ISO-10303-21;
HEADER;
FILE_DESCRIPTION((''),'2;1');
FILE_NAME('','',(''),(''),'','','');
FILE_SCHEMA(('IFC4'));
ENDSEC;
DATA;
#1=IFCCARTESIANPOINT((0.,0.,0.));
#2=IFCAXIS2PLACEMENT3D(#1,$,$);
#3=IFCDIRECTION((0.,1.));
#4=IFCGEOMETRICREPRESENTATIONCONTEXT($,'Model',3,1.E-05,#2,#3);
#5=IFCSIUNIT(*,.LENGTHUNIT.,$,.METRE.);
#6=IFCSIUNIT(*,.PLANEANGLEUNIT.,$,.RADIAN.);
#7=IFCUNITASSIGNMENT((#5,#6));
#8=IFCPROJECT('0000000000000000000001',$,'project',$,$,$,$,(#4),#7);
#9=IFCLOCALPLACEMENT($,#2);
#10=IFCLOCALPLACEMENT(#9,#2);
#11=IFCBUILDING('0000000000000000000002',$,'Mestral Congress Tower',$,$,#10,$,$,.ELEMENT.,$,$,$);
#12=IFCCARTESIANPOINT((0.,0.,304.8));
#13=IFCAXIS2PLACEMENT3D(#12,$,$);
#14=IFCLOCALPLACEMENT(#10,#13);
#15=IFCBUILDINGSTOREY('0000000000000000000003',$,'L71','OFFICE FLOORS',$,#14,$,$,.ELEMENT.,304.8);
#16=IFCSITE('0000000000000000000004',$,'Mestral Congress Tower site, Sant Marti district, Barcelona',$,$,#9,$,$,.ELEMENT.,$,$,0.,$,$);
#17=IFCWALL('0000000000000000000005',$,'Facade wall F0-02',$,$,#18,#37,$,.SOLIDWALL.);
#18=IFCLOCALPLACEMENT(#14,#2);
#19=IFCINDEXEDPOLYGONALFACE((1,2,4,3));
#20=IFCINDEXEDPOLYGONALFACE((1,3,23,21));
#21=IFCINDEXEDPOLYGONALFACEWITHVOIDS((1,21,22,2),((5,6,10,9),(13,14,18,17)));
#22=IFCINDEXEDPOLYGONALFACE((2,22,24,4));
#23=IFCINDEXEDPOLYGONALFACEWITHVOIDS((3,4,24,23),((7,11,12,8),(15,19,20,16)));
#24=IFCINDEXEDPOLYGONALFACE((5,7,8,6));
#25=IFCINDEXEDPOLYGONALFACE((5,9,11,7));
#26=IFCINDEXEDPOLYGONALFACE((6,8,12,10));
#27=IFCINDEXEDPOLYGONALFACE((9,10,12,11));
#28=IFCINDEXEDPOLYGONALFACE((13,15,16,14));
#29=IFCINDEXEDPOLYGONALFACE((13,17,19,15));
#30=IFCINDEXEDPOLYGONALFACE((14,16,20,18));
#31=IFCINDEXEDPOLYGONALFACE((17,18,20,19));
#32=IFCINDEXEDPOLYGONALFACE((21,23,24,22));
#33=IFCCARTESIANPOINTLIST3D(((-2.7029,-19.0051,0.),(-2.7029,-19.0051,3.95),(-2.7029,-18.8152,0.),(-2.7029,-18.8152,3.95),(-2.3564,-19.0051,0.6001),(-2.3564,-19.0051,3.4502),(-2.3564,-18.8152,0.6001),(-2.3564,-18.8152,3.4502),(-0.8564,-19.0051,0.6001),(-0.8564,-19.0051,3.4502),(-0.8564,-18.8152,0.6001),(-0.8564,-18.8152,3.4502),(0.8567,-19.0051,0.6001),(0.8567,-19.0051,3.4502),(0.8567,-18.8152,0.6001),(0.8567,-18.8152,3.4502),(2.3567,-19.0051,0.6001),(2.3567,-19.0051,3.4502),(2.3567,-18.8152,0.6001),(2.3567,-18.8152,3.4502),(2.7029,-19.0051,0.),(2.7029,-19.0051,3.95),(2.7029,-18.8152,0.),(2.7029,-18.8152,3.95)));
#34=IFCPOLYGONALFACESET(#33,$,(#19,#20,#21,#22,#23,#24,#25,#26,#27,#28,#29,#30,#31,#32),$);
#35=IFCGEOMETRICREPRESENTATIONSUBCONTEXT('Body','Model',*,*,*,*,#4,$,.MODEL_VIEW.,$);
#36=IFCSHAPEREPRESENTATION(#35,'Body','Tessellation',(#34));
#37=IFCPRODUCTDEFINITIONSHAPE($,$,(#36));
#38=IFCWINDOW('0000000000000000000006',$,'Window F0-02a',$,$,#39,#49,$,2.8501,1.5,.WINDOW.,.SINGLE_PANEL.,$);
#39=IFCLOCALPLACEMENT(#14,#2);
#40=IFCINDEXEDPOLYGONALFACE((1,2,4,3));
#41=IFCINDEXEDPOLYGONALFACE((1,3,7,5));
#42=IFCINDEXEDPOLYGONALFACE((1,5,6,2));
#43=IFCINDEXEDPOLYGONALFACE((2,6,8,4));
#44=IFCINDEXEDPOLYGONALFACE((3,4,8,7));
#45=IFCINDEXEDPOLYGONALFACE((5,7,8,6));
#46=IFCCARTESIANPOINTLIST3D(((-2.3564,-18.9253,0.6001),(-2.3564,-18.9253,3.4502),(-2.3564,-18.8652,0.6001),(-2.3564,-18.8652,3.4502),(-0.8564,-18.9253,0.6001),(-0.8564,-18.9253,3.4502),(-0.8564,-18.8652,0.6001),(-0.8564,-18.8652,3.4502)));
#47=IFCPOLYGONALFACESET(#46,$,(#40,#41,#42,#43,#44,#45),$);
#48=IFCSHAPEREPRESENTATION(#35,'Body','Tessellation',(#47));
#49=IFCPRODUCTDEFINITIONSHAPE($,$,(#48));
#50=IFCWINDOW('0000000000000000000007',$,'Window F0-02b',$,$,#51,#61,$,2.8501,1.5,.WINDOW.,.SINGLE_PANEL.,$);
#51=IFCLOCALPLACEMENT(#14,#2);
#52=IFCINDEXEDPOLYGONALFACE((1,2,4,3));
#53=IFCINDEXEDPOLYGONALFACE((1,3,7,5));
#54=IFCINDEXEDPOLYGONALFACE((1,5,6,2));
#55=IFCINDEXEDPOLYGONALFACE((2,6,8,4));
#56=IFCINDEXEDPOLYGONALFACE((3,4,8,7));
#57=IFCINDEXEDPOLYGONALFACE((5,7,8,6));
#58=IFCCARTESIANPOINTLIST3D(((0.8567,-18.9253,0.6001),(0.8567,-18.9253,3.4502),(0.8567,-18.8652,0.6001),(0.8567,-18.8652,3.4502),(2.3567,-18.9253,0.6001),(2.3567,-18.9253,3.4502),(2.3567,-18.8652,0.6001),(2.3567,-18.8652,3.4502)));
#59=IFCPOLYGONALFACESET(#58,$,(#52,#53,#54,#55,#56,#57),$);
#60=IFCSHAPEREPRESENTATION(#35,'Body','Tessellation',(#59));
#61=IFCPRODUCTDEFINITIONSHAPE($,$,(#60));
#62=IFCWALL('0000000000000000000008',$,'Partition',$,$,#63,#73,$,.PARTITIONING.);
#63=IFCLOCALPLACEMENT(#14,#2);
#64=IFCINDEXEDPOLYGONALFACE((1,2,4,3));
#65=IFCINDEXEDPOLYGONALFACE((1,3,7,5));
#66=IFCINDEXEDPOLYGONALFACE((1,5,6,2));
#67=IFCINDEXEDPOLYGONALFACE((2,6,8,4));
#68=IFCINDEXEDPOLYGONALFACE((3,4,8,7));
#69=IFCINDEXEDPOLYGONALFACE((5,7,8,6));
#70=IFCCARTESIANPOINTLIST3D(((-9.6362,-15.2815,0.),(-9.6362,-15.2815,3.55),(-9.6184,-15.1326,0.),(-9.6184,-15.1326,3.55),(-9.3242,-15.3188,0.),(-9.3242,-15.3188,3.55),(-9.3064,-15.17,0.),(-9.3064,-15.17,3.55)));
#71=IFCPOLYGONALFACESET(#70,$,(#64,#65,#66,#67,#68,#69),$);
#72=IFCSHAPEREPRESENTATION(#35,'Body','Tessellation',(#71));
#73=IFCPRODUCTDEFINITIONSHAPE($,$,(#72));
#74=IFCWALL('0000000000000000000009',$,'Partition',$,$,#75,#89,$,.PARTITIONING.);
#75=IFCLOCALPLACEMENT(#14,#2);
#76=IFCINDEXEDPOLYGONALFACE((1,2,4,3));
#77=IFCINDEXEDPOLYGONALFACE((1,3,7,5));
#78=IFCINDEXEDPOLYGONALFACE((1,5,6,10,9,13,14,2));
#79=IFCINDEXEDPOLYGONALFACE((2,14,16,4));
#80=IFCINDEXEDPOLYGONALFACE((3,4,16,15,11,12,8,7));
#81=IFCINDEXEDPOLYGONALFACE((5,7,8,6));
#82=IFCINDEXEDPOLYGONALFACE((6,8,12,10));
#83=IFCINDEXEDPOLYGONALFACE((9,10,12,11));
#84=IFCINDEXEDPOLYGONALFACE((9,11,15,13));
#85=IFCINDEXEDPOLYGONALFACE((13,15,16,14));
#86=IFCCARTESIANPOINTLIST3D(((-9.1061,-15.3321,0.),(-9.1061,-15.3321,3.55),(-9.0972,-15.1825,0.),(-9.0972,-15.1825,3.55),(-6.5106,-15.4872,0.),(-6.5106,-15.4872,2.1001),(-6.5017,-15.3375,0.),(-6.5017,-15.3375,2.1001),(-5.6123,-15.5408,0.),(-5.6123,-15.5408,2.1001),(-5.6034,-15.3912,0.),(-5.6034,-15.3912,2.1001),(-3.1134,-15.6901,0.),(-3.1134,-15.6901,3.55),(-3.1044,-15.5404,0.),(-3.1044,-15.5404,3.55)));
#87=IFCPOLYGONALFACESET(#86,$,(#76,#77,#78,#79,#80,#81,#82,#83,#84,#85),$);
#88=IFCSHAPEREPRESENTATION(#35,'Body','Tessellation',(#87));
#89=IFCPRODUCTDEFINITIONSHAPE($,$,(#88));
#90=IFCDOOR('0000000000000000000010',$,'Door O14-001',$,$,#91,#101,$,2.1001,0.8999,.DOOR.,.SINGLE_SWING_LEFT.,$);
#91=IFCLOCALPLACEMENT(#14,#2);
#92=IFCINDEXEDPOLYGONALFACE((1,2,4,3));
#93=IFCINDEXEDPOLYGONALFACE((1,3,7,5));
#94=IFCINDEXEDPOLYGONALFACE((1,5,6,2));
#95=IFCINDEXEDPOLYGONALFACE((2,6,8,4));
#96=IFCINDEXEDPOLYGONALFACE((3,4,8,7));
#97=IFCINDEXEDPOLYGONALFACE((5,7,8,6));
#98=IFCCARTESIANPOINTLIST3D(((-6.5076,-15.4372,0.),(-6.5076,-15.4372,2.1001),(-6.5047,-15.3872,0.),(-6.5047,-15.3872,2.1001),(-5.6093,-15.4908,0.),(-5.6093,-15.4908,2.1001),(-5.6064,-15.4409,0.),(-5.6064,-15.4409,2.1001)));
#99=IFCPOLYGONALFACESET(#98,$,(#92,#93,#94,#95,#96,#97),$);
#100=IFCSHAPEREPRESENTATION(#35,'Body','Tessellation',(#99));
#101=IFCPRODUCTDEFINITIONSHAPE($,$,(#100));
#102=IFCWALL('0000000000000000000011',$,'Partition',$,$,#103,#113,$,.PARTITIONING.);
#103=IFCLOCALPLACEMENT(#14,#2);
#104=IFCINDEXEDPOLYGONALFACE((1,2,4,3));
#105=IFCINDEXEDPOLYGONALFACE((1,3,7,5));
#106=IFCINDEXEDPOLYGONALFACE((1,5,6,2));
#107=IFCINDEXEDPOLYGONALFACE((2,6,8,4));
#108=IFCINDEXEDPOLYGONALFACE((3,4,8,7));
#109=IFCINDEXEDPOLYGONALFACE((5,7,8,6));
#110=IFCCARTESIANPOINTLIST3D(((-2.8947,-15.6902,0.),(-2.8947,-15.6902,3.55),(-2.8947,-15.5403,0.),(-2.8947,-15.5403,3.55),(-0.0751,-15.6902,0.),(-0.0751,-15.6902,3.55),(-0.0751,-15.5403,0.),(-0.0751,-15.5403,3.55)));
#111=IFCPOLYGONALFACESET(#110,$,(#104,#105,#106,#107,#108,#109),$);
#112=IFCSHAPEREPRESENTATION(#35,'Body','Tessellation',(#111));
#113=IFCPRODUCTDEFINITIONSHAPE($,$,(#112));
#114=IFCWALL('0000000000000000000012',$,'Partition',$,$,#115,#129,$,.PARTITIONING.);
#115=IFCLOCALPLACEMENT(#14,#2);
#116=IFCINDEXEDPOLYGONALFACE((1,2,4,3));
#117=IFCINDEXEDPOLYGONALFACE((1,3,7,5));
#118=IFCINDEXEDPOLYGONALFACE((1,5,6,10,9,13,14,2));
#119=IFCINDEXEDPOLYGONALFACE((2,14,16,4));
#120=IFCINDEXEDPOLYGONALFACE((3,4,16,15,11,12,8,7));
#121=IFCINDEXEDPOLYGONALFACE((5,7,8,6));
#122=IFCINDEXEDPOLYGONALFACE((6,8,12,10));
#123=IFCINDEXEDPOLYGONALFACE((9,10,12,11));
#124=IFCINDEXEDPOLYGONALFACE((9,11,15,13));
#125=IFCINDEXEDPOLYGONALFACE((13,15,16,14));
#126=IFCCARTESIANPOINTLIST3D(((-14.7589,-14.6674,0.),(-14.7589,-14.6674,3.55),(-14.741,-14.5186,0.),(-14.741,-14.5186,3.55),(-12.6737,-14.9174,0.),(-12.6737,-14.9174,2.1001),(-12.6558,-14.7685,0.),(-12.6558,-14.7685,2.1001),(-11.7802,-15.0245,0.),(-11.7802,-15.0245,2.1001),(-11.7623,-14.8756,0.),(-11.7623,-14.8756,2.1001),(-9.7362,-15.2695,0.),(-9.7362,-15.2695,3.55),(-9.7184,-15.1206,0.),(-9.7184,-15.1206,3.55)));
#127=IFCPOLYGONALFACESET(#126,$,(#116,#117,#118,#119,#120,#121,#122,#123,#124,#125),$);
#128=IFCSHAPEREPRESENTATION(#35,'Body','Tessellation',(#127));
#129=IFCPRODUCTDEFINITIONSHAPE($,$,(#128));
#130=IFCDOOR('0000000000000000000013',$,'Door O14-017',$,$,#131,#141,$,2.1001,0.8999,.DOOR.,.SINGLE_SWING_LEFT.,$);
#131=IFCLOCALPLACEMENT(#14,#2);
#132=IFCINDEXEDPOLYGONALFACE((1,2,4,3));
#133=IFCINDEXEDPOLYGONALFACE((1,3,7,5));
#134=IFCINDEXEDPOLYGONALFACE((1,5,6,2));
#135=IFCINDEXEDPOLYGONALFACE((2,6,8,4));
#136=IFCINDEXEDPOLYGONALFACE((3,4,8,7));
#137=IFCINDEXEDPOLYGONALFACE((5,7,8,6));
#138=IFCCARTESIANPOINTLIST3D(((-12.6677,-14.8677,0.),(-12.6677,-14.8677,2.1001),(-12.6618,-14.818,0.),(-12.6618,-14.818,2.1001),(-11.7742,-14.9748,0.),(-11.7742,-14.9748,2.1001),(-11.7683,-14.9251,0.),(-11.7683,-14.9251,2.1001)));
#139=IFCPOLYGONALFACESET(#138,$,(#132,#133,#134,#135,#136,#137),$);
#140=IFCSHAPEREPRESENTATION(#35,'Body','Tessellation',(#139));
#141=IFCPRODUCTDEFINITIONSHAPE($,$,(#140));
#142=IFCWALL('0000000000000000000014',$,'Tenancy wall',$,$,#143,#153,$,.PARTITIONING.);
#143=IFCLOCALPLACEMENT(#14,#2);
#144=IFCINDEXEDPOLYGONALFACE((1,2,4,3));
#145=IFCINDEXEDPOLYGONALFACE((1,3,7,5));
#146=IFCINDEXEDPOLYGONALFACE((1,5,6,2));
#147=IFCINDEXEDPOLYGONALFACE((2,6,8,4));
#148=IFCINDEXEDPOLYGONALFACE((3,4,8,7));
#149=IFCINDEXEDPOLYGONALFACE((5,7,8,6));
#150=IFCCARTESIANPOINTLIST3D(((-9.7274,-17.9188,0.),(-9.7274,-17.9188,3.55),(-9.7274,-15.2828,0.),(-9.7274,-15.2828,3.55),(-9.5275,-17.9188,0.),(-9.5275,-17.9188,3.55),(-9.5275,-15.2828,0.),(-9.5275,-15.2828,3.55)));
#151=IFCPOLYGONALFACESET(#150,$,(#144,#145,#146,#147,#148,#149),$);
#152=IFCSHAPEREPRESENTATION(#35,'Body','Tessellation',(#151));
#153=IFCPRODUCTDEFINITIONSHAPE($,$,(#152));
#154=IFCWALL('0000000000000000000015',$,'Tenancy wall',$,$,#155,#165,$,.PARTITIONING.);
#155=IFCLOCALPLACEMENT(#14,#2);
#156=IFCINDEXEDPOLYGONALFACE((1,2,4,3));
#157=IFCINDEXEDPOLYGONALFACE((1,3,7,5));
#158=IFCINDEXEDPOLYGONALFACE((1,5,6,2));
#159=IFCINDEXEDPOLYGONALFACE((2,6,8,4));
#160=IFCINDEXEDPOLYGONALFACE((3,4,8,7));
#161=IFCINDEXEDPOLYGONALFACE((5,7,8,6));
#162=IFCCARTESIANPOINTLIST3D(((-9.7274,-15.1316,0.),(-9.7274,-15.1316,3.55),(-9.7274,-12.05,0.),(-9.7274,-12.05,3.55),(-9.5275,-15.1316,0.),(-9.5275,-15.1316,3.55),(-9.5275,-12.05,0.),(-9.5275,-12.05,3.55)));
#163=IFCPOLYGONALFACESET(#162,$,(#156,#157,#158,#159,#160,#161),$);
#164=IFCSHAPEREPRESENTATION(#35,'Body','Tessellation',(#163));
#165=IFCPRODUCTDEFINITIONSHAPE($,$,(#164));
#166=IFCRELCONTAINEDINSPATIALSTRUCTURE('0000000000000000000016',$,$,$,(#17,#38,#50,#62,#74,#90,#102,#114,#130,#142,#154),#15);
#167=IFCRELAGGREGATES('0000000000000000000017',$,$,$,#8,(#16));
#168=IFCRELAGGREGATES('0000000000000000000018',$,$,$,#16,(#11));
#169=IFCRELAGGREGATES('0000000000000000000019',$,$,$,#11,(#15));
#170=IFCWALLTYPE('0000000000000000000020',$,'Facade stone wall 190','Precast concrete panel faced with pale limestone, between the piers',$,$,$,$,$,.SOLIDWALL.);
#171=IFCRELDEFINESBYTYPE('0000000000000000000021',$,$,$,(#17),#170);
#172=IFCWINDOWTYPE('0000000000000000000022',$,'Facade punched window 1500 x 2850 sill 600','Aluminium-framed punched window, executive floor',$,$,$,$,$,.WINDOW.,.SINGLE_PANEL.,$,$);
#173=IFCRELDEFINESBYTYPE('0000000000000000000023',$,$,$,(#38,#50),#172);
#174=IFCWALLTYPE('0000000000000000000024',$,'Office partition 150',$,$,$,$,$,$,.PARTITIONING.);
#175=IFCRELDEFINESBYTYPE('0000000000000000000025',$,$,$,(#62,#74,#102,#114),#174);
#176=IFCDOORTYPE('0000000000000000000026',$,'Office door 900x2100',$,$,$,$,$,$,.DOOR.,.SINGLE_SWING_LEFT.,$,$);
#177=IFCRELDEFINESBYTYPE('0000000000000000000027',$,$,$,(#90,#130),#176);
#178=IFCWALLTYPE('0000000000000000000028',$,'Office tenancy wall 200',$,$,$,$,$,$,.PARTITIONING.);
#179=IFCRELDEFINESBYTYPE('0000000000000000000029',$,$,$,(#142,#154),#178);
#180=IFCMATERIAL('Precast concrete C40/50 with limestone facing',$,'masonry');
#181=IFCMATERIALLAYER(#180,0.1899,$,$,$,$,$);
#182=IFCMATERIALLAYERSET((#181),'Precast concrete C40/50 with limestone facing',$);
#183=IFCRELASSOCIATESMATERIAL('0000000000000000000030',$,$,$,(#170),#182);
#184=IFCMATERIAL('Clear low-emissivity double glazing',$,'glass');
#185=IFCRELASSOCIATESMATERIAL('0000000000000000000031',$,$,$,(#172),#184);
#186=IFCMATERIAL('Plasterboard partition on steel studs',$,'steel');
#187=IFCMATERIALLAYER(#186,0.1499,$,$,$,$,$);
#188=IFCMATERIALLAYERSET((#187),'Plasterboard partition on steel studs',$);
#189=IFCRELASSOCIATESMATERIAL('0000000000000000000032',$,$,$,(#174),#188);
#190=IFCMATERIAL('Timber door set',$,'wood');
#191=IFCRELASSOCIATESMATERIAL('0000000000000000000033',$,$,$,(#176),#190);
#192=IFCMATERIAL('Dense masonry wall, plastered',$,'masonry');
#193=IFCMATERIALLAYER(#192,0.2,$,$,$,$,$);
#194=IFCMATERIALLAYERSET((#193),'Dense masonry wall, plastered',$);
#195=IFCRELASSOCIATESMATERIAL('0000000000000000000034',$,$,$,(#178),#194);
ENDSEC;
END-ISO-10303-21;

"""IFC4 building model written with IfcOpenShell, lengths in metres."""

from ifc_helpers import new_model, si_unit, direction, frame, frame_2d, origin, place, context, subcontext, project, spatial, rectangle, extrude, material, layer, layer_set, type_object, element, fill, save


model = new_model("IFC4")

# Units and contexts
model_context = context("Model", 3, precision=1e-05, world=origin(), true_north=direction((0.0, 1.0)))
body_context = subcontext(model_context, "Body", "Model", "MODEL_VIEW")
ifc_project = project(units=[si_unit("LENGTHUNIT", "METRE"), si_unit("PLANEANGLEUNIT", "RADIAN")], contexts=[model_context])

# Site, building, storey
site_placement = place(None, origin())
site = spatial("IfcSite", under=ifc_project, at=site_placement, Name="Mestral Congress Tower site, Sant Marti district, Barcelona", CompositionType="ELEMENT", RefElevation=0.0)
building_placement = place(site_placement, origin())
building = spatial("IfcBuilding", under=site, at=building_placement, Name="Mestral Congress Tower", CompositionType="ELEMENT")
storey_placement = place(building_placement, frame((0.0, 0.0, 304.8)))
storey = spatial("IfcBuildingStorey", under=building, at=storey_placement, Name="L71", Description="OFFICE FLOORS", CompositionType="ELEMENT", Elevation=304.8)

# Wall, openings, windows
ifc_material_1 = material(Name="Precast concrete C40/50 with limestone facing", Category="masonry")
ifc_layer_1 = layer(ifc_material_1, 0.1899)
ifc_layer_set_1 = layer_set([ifc_layer_1], Name="Precast concrete C40/50 with limestone facing")
wall_type_1 = type_object("IfcWallType", Name="Facade stone wall 190", Description="Precast concrete panel faced with pale limestone, between the piers", PredefinedType="SOLIDWALL", material=ifc_layer_set_1)
ifc_material_2 = material(Name="Clear low-emissivity double glazing", Category="glass")
window_type = type_object("IfcWindowType", Name="Facade punched window 1500 x 2850 sill 600", Description="Aluminium-framed punched window, executive floor", PartitioningType="SINGLE_PANEL", PredefinedType="WINDOW", material=ifc_material_2)
wall_1_placement = place(storey_placement, frame((-2.7029, -18.9102, 0.0), z_axis=(0.0, 0.0, 1.0), x_axis=(1.0, 0.0, 0.0)))
wall_1 = element("IfcWall", 1, at=wall_1_placement, inside=storey, type_object=wall_type_1, Name="Facade wall F0-02", PredefinedType="SOLIDWALL", context=body_context, shape_type="SweptSolid", body=[
    extrude(rectangle(XDim=5.4058, YDim=0.1899, at=frame_2d((2.7029, 0.0))), origin(), (0.0, 0.0, 1.0), 3.95),
])
opening_1_placement = place(wall_1_placement, frame((0.3464, 0.0, 0.6001)))
opening_1 = element("IfcOpeningElement", 2, at=opening_1_placement, cuts=wall_1, PredefinedType="OPENING", context=body_context, shape_type="SweptSolid", body=[
    extrude(rectangle(XDim=1.5, YDim=2.8501, at=frame_2d((0.75, 1.425))), frame((0.0, 0.105, 0.0), z_axis=(0.0, -1.0, 0.0), x_axis=(1.0, 0.0, 0.0)), (0.0, 0.0, 1.0), 0.21),
])
opening_2_placement = place(wall_1_placement, frame((3.5596, 0.0, 0.6001)))
opening_2 = element("IfcOpeningElement", 3, at=opening_2_placement, cuts=wall_1, PredefinedType="OPENING", context=body_context, shape_type="SweptSolid", body=[
    extrude(rectangle(XDim=1.5, YDim=2.8501, at=frame_2d((0.75, 1.425))), frame((0.0, 0.105, 0.0), z_axis=(0.0, -1.0, 0.0), x_axis=(1.0, 0.0, 0.0)), (0.0, 0.0, 1.0), 0.21),
])
window_1_placement = place(opening_1_placement, origin())
window_1 = element("IfcWindow", 4, at=window_1_placement, inside=storey, type_object=window_type, Name="Window F0-02a", OverallHeight=2.8501, OverallWidth=1.5, PartitioningType="SINGLE_PANEL", PredefinedType="WINDOW", context=body_context, shape_type="SweptSolid", body=[
    extrude(rectangle(XDim=1.5, YDim=2.8501, at=frame_2d((0.75, 1.425))), frame((0.0, 0.0449, 0.0), z_axis=(0.0, -1.0, 0.0), x_axis=(1.0, 0.0, 0.0)), (0.0, 0.0, 1.0), 0.0601),
])
fill(opening_1, window_1)
window_2_placement = place(opening_2_placement, origin())
window_2 = element("IfcWindow", 5, at=window_2_placement, inside=storey, type_object=window_type, Name="Window F0-02b", OverallHeight=2.8501, OverallWidth=1.5, PartitioningType="SINGLE_PANEL", PredefinedType="WINDOW", context=body_context, shape_type="SweptSolid", body=[
    extrude(rectangle(XDim=1.5, YDim=2.8501, at=frame_2d((0.75, 1.425))), frame((0.0, 0.0449, 0.0), z_axis=(0.0, -1.0, 0.0), x_axis=(1.0, 0.0, 0.0)), (0.0, 0.0, 1.0), 0.0601),
])
fill(opening_2, window_2)

# Wall
ifc_material_3 = material(Name="Plasterboard partition on steel studs", Category="steel")
ifc_layer_2 = layer(ifc_material_3, 0.1499)
ifc_layer_set_2 = layer_set([ifc_layer_2], Name="Plasterboard partition on steel studs")
wall_type_2 = type_object("IfcWallType", Name="Office partition 150", PredefinedType="PARTITIONING", material=ifc_layer_set_2)
wall_2_placement = place(storey_placement, frame((-9.6274, -15.207, 0.0), z_axis=(0.0, 0.0, 1.0), x_axis=(0.99291, -0.118869, 0.0)))
element("IfcWall", 6, at=wall_2_placement, inside=storey, type_object=wall_type_2, Name="Partition", PredefinedType="PARTITIONING", context=body_context, shape_type="SweptSolid", body=[
    extrude(rectangle(XDim=0.3142, YDim=0.1499, at=frame_2d((0.1572, 0.0))), origin(), (0.0, 0.0, 1.0), 3.55),
])

# Wall, opening, door
wall_3_placement = place(storey_placement, frame((-3.1089, -15.6152, 0.0), z_axis=(0.0, 0.0, 1.0), x_axis=(-0.998221, 0.059618, 0.0)))
wall_3 = element("IfcWall", 7, at=wall_3_placement, inside=storey, type_object=wall_type_2, Name="Partition", PredefinedType="PARTITIONING", context=body_context, shape_type="SweptSolid", body=[
    extrude(rectangle(XDim=6.0034, YDim=0.1499, at=frame_2d((3.0017, 0.0))), origin(), (0.0, 0.0, 1.0), 3.55),
])
opening_3_placement = place(wall_3_placement, frame((2.5034, 0.0, 0.0)))
opening_3 = element("IfcOpeningElement", 8, at=opening_3_placement, cuts=wall_3, PredefinedType="OPENING", context=body_context, shape_type="SweptSolid", body=[
    extrude(rectangle(XDim=0.8999, YDim=2.1001, at=frame_2d((0.45, 1.05))), frame((0.0, 0.085, 0.0), z_axis=(0.0, -1.0, 0.0), x_axis=(1.0, 0.0, 0.0)), (0.0, 0.0, 1.0), 0.1699),
])
ifc_material_4 = material(Name="Timber door set", Category="wood")
door_type_1 = type_object("IfcDoorType", Name="Office door 900x2100", OperationType="SINGLE_SWING_LEFT", PredefinedType="DOOR", material=ifc_material_4)
door_1_placement = place(opening_3_placement, origin())
door_1 = element("IfcDoor", 9, at=door_1_placement, inside=storey, type_object=door_type_1, Name="Door O14-001", OperationType="SINGLE_SWING_LEFT", OverallHeight=2.1001, OverallWidth=0.8999, PredefinedType="DOOR", context=body_context, shape_type="SweptSolid", body=[
    extrude(rectangle(XDim=0.8999, YDim=2.1001, at=frame_2d((0.45, 1.05))), frame((0.0, 0.0249, 0.0), z_axis=(0.0, -1.0, 0.0), x_axis=(1.0, 0.0, 0.0)), (0.0, 0.0, 1.0), 0.05),
])
fill(opening_3, door_1)

# Wall
wall_4_placement = place(storey_placement, frame((-2.8945, -15.6152, 0.0), z_axis=(0.0, 0.0, 1.0), x_axis=(1.0, 0.0, 0.0)))
element("IfcWall", 10, at=wall_4_placement, inside=storey, type_object=wall_type_2, Name="Partition", PredefinedType="PARTITIONING", context=body_context, shape_type="SweptSolid", body=[
    extrude(rectangle(XDim=2.8196, YDim=0.1499, at=frame_2d((1.4097, 0.0))), origin(), (0.0, 0.0, 1.0), 3.55),
])

# Wall, opening, door
wall_5_placement = place(storey_placement, frame((-9.7273, -15.1951, 0.0), z_axis=(0.0, 0.0, 1.0), x_axis=(-0.992893, 0.119014, 0.0)))
wall_5 = element("IfcWall", 11, at=wall_5_placement, inside=storey, type_object=wall_type_2, Name="Partition", PredefinedType="PARTITIONING", context=body_context, shape_type="SweptSolid", body=[
    extrude(rectangle(XDim=5.0586, YDim=0.1499, at=frame_2d((2.5293, 0.0))), origin(), (0.0, 0.0, 1.0), 3.55),
])
opening_4_placement = place(wall_5_placement, frame((2.0586, 0.0, 0.0)))
opening_4 = element("IfcOpeningElement", 12, at=opening_4_placement, cuts=wall_5, PredefinedType="OPENING", context=body_context, shape_type="SweptSolid", body=[
    extrude(rectangle(XDim=0.8999, YDim=2.1001, at=frame_2d((0.45, 1.05))), frame((0.0, 0.085, 0.0), z_axis=(0.0, -1.0, 0.0), x_axis=(1.0, 0.0, 0.0)), (0.0, 0.0, 1.0), 0.1699),
])
door_2_placement = place(opening_4_placement, origin())
door_2 = element("IfcDoor", 13, at=door_2_placement, inside=storey, type_object=door_type_1, Name="Door O14-017", OperationType="SINGLE_SWING_LEFT", OverallHeight=2.1001, OverallWidth=0.8999, PredefinedType="DOOR", context=body_context, shape_type="SweptSolid", body=[
    extrude(rectangle(XDim=0.8999, YDim=2.1001, at=frame_2d((0.45, 1.05))), frame((0.0, 0.0249, 0.0), z_axis=(0.0, -1.0, 0.0), x_axis=(1.0, 0.0, 0.0)), (0.0, 0.0, 1.0), 0.05),
])
fill(opening_4, door_2)

# Walls
ifc_material_5 = material(Name="Dense masonry wall, plastered", Category="masonry")
ifc_layer_3 = layer(ifc_material_5, 0.2)
ifc_layer_set_3 = layer_set([ifc_layer_3], Name="Dense masonry wall, plastered")
wall_type_3 = type_object("IfcWallType", Name="Office tenancy wall 200", PredefinedType="PARTITIONING", material=ifc_layer_set_3)
wall_6_placement = place(storey_placement, frame((-9.6274, -17.9187, 0.0), z_axis=(0.0, 0.0, 1.0), x_axis=(0.0, 1.0, 0.0)))
element("IfcWall", 14, at=wall_6_placement, inside=storey, type_object=wall_type_3, Name="Tenancy wall", PredefinedType="PARTITIONING", context=body_context, shape_type="SweptSolid", body=[
    extrude(rectangle(XDim=2.636, YDim=0.2, at=frame_2d((1.3179, 0.0))), origin(), (0.0, 0.0, 1.0), 3.55),
])
wall_7_placement = place(storey_placement, frame((-9.6274, -15.1316, 0.0), z_axis=(0.0, 0.0, 1.0), x_axis=(0.0, 1.0, 0.0)))
element("IfcWall", 15, at=wall_7_placement, inside=storey, type_object=wall_type_3, Name="Tenancy wall", PredefinedType="PARTITIONING", context=body_context, shape_type="SweptSolid", body=[
    extrude(rectangle(XDim=3.0815, YDim=0.2, at=frame_2d((1.5408, 0.0))), origin(), (0.0, 0.0, 1.0), 3.55),
])

save(model, "model.ifc")
